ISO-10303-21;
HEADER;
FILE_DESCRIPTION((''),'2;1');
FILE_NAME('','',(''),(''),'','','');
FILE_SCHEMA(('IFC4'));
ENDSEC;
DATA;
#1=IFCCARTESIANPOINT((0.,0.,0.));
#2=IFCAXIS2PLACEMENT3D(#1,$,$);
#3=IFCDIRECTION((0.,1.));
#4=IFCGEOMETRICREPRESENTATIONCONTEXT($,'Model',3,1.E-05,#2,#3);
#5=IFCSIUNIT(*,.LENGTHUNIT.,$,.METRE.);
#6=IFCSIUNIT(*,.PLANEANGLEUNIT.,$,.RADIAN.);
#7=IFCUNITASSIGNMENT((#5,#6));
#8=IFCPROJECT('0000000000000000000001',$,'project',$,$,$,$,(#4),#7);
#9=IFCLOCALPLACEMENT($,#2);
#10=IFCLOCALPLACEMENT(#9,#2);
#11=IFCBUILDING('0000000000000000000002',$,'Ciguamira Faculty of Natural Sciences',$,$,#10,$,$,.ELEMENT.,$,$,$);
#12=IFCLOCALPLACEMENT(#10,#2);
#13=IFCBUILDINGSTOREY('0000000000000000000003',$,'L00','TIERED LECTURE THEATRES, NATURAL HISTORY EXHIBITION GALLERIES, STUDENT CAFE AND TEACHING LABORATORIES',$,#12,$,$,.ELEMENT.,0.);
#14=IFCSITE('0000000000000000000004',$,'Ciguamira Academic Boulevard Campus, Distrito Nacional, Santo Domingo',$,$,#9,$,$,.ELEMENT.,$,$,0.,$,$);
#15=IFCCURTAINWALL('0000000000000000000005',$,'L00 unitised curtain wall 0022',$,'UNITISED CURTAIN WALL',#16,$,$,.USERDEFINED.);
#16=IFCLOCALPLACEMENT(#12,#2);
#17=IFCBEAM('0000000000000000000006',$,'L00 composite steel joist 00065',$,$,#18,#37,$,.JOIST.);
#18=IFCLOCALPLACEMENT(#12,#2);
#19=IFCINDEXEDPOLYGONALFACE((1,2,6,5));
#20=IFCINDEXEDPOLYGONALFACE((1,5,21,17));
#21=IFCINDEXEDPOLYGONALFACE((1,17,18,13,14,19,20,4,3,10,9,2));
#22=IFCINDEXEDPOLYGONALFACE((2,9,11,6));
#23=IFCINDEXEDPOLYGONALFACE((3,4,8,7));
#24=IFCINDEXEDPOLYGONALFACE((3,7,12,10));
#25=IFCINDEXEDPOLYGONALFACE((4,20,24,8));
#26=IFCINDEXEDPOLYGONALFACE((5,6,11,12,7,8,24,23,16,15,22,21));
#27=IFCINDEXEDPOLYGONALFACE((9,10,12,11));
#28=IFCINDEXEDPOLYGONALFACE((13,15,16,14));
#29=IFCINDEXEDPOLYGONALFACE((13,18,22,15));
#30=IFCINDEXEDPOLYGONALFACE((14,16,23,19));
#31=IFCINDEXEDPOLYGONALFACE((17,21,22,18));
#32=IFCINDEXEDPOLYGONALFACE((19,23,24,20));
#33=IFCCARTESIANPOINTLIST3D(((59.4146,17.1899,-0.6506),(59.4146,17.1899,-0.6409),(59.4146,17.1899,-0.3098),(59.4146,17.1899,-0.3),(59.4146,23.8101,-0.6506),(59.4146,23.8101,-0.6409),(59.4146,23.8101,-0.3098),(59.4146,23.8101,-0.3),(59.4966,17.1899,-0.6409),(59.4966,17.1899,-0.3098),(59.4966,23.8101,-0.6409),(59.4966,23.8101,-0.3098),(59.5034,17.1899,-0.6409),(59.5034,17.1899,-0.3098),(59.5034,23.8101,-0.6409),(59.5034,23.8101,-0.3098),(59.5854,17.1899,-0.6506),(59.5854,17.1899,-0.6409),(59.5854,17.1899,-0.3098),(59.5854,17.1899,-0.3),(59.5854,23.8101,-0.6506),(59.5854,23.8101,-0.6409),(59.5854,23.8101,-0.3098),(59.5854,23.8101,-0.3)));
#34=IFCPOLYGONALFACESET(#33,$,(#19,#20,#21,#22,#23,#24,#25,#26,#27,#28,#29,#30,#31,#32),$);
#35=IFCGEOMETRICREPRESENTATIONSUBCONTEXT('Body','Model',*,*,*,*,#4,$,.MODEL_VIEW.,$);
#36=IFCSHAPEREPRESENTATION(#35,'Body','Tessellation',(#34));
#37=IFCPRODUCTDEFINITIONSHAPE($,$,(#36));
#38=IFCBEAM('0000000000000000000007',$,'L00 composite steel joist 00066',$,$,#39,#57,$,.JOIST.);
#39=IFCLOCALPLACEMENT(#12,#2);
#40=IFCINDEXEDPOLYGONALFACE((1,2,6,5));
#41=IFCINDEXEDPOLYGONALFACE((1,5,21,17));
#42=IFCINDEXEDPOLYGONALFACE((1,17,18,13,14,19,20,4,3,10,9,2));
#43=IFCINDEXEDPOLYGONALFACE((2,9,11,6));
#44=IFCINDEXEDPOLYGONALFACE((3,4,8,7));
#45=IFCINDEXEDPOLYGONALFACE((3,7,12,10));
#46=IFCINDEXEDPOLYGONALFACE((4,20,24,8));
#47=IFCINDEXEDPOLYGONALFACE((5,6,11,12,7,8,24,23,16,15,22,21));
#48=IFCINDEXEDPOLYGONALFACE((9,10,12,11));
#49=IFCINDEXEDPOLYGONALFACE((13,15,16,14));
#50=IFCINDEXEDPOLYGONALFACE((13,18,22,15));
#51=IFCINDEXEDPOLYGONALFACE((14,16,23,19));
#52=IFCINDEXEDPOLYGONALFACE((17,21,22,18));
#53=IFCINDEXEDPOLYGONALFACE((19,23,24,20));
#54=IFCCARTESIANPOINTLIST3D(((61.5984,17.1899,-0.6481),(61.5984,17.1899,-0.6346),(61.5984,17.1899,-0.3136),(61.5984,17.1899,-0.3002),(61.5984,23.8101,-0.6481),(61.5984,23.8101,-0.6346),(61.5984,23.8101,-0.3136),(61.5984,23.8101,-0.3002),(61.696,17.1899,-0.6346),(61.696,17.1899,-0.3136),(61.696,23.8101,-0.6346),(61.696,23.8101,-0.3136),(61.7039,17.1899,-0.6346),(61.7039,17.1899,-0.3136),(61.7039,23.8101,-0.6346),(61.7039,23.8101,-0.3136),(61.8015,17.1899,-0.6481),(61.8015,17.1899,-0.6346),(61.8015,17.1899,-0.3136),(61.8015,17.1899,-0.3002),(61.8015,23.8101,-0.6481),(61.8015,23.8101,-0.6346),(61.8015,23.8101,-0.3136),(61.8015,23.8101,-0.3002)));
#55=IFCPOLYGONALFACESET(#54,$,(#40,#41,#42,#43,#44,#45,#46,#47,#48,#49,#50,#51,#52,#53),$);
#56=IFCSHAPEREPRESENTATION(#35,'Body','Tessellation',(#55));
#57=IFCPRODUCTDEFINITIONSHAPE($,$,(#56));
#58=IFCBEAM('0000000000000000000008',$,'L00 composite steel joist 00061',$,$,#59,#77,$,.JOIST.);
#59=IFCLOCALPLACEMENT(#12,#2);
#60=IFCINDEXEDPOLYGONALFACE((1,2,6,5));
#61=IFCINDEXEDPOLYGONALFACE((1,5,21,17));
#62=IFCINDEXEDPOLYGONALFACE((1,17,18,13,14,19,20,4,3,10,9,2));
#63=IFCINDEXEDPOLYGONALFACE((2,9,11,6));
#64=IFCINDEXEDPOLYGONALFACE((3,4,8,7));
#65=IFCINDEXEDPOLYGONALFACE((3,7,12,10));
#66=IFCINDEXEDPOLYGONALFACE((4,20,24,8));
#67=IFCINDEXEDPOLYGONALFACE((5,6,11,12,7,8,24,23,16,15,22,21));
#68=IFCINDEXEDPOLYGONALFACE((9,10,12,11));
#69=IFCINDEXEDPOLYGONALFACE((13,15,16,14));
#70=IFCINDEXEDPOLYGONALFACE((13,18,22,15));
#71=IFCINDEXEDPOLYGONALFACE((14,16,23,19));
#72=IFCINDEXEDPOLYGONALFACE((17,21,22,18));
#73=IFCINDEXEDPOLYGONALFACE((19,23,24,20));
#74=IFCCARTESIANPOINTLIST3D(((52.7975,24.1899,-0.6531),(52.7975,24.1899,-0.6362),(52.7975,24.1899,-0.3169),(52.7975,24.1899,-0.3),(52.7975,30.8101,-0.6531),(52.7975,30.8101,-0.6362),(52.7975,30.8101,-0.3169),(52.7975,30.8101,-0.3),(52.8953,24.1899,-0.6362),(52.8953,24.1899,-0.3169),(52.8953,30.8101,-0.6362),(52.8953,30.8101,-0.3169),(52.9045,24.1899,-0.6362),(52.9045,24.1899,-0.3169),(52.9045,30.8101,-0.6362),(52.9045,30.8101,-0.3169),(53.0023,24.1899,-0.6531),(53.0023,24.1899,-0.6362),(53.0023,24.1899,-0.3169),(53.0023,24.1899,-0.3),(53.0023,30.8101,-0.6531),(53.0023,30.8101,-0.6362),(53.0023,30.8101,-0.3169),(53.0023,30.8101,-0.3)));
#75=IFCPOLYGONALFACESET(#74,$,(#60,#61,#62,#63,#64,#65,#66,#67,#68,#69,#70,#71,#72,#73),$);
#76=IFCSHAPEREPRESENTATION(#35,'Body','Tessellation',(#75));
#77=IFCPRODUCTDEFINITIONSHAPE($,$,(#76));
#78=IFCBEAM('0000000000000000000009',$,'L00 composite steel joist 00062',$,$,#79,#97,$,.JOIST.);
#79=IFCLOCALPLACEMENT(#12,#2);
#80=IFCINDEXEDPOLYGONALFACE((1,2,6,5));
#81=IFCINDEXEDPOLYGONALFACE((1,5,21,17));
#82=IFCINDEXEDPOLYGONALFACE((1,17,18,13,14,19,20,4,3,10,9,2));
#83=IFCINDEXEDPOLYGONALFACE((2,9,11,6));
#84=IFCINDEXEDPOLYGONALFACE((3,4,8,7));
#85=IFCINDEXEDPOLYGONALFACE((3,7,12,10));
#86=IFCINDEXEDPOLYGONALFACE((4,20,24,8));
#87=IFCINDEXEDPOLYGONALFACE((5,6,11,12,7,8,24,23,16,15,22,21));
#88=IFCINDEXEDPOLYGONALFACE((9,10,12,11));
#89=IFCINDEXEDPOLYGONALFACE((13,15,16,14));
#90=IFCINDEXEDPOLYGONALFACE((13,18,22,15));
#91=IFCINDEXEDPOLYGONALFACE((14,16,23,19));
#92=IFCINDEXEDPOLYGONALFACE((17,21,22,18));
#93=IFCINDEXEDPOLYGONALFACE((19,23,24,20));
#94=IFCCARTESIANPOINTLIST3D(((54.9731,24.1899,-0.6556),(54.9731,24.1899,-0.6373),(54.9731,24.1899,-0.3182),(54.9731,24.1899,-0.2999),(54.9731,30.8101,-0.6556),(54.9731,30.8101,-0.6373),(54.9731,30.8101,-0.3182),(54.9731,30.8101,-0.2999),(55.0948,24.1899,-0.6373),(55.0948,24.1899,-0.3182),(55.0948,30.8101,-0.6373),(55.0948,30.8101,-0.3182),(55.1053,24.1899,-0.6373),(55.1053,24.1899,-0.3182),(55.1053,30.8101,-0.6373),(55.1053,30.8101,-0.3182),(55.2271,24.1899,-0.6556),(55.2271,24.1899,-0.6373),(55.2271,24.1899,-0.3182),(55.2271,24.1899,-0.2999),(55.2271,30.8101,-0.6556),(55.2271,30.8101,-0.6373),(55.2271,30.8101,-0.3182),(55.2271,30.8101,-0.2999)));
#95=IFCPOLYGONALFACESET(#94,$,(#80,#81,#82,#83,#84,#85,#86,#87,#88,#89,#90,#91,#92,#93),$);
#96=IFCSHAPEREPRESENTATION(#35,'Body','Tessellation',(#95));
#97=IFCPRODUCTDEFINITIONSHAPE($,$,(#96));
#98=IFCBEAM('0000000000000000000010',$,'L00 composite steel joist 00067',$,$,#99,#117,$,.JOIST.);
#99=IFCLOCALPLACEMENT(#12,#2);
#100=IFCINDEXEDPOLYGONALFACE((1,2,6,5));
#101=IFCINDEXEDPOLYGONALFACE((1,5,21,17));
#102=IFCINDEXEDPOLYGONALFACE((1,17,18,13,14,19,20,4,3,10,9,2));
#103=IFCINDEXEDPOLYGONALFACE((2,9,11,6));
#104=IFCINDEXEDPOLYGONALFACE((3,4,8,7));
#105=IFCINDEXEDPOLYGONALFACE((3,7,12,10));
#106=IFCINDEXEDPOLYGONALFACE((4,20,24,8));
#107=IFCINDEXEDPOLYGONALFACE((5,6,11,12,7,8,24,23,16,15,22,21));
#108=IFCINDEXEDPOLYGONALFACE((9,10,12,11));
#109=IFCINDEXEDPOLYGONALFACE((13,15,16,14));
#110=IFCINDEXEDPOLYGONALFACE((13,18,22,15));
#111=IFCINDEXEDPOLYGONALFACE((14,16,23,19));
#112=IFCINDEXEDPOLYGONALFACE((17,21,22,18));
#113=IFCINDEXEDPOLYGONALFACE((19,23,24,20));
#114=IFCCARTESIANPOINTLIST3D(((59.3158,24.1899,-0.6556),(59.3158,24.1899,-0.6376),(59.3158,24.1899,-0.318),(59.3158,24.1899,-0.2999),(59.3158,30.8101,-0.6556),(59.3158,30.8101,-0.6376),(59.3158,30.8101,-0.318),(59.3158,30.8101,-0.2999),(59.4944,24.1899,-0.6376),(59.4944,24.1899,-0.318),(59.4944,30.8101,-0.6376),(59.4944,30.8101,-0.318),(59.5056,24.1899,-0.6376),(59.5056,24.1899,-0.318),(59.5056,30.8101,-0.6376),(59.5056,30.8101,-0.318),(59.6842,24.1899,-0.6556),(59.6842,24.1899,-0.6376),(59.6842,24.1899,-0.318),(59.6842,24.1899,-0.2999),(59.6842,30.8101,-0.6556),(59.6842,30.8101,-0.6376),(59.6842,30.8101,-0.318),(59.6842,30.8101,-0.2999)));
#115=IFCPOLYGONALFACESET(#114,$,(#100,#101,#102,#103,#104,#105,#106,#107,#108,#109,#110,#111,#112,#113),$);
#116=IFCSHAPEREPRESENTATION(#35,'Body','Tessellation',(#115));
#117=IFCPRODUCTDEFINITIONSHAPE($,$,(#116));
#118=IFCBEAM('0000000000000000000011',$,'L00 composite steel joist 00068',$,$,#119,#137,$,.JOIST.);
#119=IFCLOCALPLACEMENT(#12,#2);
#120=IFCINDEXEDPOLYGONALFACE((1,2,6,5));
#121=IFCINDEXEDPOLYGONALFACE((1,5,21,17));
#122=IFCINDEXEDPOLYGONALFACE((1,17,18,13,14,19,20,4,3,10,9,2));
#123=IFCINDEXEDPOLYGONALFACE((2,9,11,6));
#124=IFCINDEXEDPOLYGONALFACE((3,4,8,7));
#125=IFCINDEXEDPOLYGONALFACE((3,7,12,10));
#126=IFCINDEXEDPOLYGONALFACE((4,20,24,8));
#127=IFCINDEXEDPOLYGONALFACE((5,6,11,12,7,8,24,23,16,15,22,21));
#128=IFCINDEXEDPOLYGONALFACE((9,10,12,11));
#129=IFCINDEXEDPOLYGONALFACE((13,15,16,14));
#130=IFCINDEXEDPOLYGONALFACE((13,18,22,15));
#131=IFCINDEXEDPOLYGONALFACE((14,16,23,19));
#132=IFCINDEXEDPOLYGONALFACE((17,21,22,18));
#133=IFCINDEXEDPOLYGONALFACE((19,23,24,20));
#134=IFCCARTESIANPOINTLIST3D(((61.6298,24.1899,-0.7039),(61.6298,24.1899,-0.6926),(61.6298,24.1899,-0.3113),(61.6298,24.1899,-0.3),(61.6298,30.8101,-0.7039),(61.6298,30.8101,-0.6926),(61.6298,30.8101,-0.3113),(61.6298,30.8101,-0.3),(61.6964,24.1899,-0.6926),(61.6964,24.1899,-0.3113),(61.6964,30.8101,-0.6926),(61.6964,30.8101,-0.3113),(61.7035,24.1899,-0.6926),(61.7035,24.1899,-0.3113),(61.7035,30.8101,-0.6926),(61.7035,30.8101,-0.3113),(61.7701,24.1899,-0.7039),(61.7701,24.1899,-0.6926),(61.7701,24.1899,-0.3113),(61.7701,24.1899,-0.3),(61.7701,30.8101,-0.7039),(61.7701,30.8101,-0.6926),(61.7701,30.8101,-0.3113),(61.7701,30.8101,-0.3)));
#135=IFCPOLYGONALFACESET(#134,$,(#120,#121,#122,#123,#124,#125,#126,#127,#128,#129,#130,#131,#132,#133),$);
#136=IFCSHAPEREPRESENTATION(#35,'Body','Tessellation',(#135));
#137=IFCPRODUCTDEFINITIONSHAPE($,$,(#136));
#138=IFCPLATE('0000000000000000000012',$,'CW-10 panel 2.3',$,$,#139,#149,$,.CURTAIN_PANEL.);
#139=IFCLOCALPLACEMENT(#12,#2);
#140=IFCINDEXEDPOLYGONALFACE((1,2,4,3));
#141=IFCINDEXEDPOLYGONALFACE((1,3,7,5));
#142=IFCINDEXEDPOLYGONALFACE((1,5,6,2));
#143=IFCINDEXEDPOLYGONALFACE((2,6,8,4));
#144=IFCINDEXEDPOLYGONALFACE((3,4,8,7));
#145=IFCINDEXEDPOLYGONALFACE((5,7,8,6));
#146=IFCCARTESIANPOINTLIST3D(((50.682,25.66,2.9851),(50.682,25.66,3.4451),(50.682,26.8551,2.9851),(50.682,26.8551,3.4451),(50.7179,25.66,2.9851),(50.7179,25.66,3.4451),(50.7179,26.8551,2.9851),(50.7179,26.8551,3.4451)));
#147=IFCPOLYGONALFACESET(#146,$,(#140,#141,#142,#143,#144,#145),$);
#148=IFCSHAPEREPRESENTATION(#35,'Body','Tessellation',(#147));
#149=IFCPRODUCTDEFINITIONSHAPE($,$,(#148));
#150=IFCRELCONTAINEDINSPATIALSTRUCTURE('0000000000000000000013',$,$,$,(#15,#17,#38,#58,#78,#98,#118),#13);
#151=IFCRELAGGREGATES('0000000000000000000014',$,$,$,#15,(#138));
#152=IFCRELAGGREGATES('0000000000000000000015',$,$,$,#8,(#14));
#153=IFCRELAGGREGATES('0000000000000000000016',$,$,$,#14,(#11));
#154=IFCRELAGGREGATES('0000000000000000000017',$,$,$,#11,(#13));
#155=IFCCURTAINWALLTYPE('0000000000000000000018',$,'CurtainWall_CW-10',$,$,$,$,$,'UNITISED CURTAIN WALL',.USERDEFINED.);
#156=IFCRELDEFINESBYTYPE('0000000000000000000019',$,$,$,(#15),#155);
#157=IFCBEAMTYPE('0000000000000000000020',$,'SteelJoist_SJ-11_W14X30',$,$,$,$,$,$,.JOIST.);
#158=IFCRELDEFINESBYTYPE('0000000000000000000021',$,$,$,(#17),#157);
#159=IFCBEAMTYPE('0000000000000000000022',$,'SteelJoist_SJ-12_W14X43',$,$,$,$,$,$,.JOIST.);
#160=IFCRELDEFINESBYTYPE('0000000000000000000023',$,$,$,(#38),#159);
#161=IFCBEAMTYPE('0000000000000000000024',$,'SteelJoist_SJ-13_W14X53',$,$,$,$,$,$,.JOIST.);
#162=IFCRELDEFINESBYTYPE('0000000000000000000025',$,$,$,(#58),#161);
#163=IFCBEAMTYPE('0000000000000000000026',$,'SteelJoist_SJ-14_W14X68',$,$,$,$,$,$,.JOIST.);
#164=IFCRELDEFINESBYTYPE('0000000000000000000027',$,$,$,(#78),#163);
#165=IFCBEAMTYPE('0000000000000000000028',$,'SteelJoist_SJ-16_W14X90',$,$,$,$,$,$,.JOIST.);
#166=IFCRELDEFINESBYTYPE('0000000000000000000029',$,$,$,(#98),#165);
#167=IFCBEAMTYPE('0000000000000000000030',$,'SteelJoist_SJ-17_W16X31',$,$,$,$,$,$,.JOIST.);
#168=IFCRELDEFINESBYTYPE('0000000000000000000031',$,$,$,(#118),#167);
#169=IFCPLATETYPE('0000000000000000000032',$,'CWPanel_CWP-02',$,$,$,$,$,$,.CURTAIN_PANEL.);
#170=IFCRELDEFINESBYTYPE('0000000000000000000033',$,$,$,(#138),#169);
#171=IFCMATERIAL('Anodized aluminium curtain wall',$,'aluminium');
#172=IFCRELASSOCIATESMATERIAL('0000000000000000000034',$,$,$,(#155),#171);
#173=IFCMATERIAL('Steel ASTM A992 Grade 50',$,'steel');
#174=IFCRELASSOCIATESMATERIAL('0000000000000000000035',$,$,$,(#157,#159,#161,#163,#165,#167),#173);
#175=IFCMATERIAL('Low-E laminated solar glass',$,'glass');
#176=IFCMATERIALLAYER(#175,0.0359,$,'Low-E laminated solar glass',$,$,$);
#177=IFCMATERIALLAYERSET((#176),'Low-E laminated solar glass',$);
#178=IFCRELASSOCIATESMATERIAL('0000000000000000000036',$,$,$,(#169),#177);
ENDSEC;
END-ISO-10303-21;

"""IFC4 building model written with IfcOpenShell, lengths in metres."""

from ifc_helpers import new_model, si_unit, direction, frame, origin, origin_2d, place, context, subcontext, project, spatial, rectangle, i_section, extrude, material, layer, layer_set, material_profile, profile_set, type_object, element, aggregate, save


model = new_model("IFC4")

# Units and contexts
model_context = context("Model", 3, precision=1e-05, world=origin(), true_north=direction((0.0, 1.0)))
body_context = subcontext(model_context, "Body", "Model", "MODEL_VIEW")
ifc_project = project(units=[si_unit("LENGTHUNIT", "METRE"), si_unit("PLANEANGLEUNIT", "RADIAN")], contexts=[model_context])

# Site, building, storey
site_placement = place(None, origin())
site = spatial("IfcSite", under=ifc_project, at=site_placement, Name="Ciguamira Academic Boulevard Campus, Distrito Nacional, Santo Domingo", CompositionType="ELEMENT", RefElevation=0.0)
building_placement = place(site_placement, origin())
building = spatial("IfcBuilding", under=site, at=building_placement, Name="Ciguamira Faculty of Natural Sciences", CompositionType="ELEMENT")
storey_placement = place(building_placement, origin())
storey = spatial("IfcBuildingStorey", under=building, at=storey_placement, Name="L00", Description="TIERED LECTURE THEATRES, NATURAL HISTORY EXHIBITION GALLERIES, STUDENT CAFE AND TEACHING LABORATORIES", CompositionType="ELEMENT", Elevation=0.0)

# Curtain wall
ifc_material_1 = material(Name="Anodized aluminium curtain wall", Category="aluminium")
curtain_wall_type = type_object("IfcCurtainWallType", Name="CurtainWall_CW-10", ElementType="UNITISED CURTAIN WALL", PredefinedType="USERDEFINED", material=ifc_material_1)
curtain_wall_placement = place(storey_placement, origin())
curtain_wall = element("IfcCurtainWall", 1, at=curtain_wall_placement, inside=storey, type_object=curtain_wall_type, Name="L00 unitised curtain wall 0022", ObjectType="UNITISED CURTAIN WALL", PredefinedType="USERDEFINED")

# Beams
ifc_material_2 = material(Name="Steel ASTM A992 Grade 50", Category="steel")
ifc_material_profile_1 = material_profile(ifc_material_2, i_section(OverallWidth=0.1709, OverallDepth=0.3506, WebThickness=0.0068, FlangeThickness=0.0098, at=origin_2d()), Name="W14X30")
ifc_profile_set_1 = profile_set([ifc_material_profile_1], Name="Steel ASTM A992 Grade 50")
beam_type_1 = type_object("IfcBeamType", Name="SteelJoist_SJ-11_W14X30", PredefinedType="JOIST", material=ifc_profile_set_1)
beam_1_placement = place(storey_placement, frame((59.5, 17.1899, -0.4753), z_axis=(0.0, 1.0, 0.0), x_axis=(-1.0, 0.0, 0.0)))
element("IfcBeam", 2, at=beam_1_placement, inside=storey, type_object=beam_type_1, Name="L00 composite steel joist 00065", PredefinedType="JOIST", context=body_context, shape_type="SweptSolid", body=[
    extrude(i_section(OverallWidth=0.1709, OverallDepth=0.3506, WebThickness=0.0068, FlangeThickness=0.0098, at=origin_2d()), origin(), (0.0, 0.0, 1.0), 6.6201),
])
ifc_material_profile_2 = material_profile(ifc_material_2, i_section(OverallWidth=0.2031, OverallDepth=0.3479, WebThickness=0.0078, FlangeThickness=0.0134, at=origin_2d()), Name="W14X43")
ifc_profile_set_2 = profile_set([ifc_material_profile_2], Name="Steel ASTM A992 Grade 50")
beam_type_2 = type_object("IfcBeamType", Name="SteelJoist_SJ-12_W14X43", PredefinedType="JOIST", material=ifc_profile_set_2)
beam_2_placement = place(storey_placement, frame((61.7, 17.1899, -0.4741), z_axis=(0.0, 1.0, 0.0), x_axis=(-1.0, 0.0, 0.0)))
element("IfcBeam", 3, at=beam_2_placement, inside=storey, type_object=beam_type_2, Name="L00 composite steel joist 00066", PredefinedType="JOIST", context=body_context, shape_type="SweptSolid", body=[
    extrude(i_section(OverallWidth=0.2031, OverallDepth=0.3479, WebThickness=0.0078, FlangeThickness=0.0134, at=origin_2d()), origin(), (0.0, 0.0, 1.0), 6.6201),
])
ifc_material_profile_3 = material_profile(ifc_material_2, i_section(OverallWidth=0.2048, OverallDepth=0.353, WebThickness=0.0093, FlangeThickness=0.0168, at=origin_2d()), Name="W14X53")
ifc_profile_set_3 = profile_set([ifc_material_profile_3], Name="Steel ASTM A992 Grade 50")
beam_type_3 = type_object("IfcBeamType", Name="SteelJoist_SJ-13_W14X53", PredefinedType="JOIST", material=ifc_profile_set_3)
beam_3_placement = place(storey_placement, frame((52.8999, 24.1899, -0.4766), z_axis=(0.0, 1.0, 0.0), x_axis=(-1.0, 0.0, 0.0)))
element("IfcBeam", 4, at=beam_3_placement, inside=storey, type_object=beam_type_3, Name="L00 composite steel joist 00061", PredefinedType="JOIST", context=body_context, shape_type="SweptSolid", body=[
    extrude(i_section(OverallWidth=0.2048, OverallDepth=0.353, WebThickness=0.0093, FlangeThickness=0.0168, at=origin_2d()), origin(), (0.0, 0.0, 1.0), 6.6201),
])
ifc_material_profile_4 = material_profile(ifc_material_2, i_section(OverallWidth=0.2539, OverallDepth=0.3557, WebThickness=0.0105, FlangeThickness=0.0183, at=origin_2d()), Name="W14X68")
ifc_profile_set_4 = profile_set([ifc_material_profile_4], Name="Steel ASTM A992 Grade 50")
beam_type_4 = type_object("IfcBeamType", Name="SteelJoist_SJ-14_W14X68", PredefinedType="JOIST", material=ifc_profile_set_4)
beam_4_placement = place(storey_placement, frame((55.1001, 24.1899, -0.4778), z_axis=(0.0, 1.0, 0.0), x_axis=(-1.0, 0.0, 0.0)))
element("IfcBeam", 5, at=beam_4_placement, inside=storey, type_object=beam_type_4, Name="L00 composite steel joist 00062", PredefinedType="JOIST", context=body_context, shape_type="SweptSolid", body=[
    extrude(i_section(OverallWidth=0.2539, OverallDepth=0.3557, WebThickness=0.0105, FlangeThickness=0.0183, at=origin_2d()), origin(), (0.0, 0.0, 1.0), 6.6201),
])
ifc_material_profile_5 = material_profile(ifc_material_2, i_section(OverallWidth=0.3684, OverallDepth=0.3557, WebThickness=0.0112, FlangeThickness=0.0181, at=origin_2d()), Name="W14X90")
ifc_profile_set_5 = profile_set([ifc_material_profile_5], Name="Steel ASTM A992 Grade 50")
beam_type_5 = type_object("IfcBeamType", Name="SteelJoist_SJ-16_W14X90", PredefinedType="JOIST", material=ifc_profile_set_5)
beam_5_placement = place(storey_placement, frame((59.5, 24.1899, -0.4778), z_axis=(0.0, 1.0, 0.0), x_axis=(-1.0, 0.0, 0.0)))
element("IfcBeam", 6, at=beam_5_placement, inside=storey, type_object=beam_type_5, Name="L00 composite steel joist 00067", PredefinedType="JOIST", context=body_context, shape_type="SweptSolid", body=[
    extrude(i_section(OverallWidth=0.3684, OverallDepth=0.3557, WebThickness=0.0112, FlangeThickness=0.0181, at=origin_2d()), origin(), (0.0, 0.0, 1.0), 6.6201),
])
ifc_material_profile_6 = material_profile(ifc_material_2, i_section(OverallWidth=0.1404, OverallDepth=0.4038, WebThickness=0.0071, FlangeThickness=0.0112, at=origin_2d()), Name="W16X31")
ifc_profile_set_6 = profile_set([ifc_material_profile_6], Name="Steel ASTM A992 Grade 50")
beam_type_6 = type_object("IfcBeamType", Name="SteelJoist_SJ-17_W16X31", PredefinedType="JOIST", material=ifc_profile_set_6)
beam_6_placement = place(storey_placement, frame((61.7, 24.1899, -0.502), z_axis=(0.0, 1.0, 0.0), x_axis=(-1.0, 0.0, 0.0)))
element("IfcBeam", 7, at=beam_6_placement, inside=storey, type_object=beam_type_6, Name="L00 composite steel joist 00068", PredefinedType="JOIST", context=body_context, shape_type="SweptSolid", body=[
    extrude(i_section(OverallWidth=0.1404, OverallDepth=0.4038, WebThickness=0.0071, FlangeThickness=0.0112, at=origin_2d()), origin(), (0.0, 0.0, 1.0), 6.6201),
])

# Plate
ifc_material_3 = material(Name="Low-E laminated solar glass", Category="glass")
ifc_layer_1 = layer(ifc_material_3, 0.0359, Name="Low-E laminated solar glass")
ifc_layer_set_1 = layer_set([ifc_layer_1], Name="Low-E laminated solar glass")
plate_type = type_object("IfcPlateType", Name="CWPanel_CWP-02", PredefinedType="CURTAIN_PANEL", material=ifc_layer_set_1)
plate_placement = place(storey_placement, frame((50.7, 26.2576, 2.9851), z_axis=(0.0, 0.0, 1.0), x_axis=(0.0, 1.0, 0.0)))
plate = element("IfcPlate", 8, at=plate_placement, type_object=plate_type, Name="CW-10 panel 2.3", PredefinedType="CURTAIN_PANEL", context=body_context, shape_type="SweptSolid", body=[
    extrude(rectangle(XDim=1.1951, YDim=0.0359, at=origin_2d()), origin(), (0.0, 0.0, 1.0), 0.46),
])
aggregate(curtain_wall, [plate])

save(model, "model.ifc")
